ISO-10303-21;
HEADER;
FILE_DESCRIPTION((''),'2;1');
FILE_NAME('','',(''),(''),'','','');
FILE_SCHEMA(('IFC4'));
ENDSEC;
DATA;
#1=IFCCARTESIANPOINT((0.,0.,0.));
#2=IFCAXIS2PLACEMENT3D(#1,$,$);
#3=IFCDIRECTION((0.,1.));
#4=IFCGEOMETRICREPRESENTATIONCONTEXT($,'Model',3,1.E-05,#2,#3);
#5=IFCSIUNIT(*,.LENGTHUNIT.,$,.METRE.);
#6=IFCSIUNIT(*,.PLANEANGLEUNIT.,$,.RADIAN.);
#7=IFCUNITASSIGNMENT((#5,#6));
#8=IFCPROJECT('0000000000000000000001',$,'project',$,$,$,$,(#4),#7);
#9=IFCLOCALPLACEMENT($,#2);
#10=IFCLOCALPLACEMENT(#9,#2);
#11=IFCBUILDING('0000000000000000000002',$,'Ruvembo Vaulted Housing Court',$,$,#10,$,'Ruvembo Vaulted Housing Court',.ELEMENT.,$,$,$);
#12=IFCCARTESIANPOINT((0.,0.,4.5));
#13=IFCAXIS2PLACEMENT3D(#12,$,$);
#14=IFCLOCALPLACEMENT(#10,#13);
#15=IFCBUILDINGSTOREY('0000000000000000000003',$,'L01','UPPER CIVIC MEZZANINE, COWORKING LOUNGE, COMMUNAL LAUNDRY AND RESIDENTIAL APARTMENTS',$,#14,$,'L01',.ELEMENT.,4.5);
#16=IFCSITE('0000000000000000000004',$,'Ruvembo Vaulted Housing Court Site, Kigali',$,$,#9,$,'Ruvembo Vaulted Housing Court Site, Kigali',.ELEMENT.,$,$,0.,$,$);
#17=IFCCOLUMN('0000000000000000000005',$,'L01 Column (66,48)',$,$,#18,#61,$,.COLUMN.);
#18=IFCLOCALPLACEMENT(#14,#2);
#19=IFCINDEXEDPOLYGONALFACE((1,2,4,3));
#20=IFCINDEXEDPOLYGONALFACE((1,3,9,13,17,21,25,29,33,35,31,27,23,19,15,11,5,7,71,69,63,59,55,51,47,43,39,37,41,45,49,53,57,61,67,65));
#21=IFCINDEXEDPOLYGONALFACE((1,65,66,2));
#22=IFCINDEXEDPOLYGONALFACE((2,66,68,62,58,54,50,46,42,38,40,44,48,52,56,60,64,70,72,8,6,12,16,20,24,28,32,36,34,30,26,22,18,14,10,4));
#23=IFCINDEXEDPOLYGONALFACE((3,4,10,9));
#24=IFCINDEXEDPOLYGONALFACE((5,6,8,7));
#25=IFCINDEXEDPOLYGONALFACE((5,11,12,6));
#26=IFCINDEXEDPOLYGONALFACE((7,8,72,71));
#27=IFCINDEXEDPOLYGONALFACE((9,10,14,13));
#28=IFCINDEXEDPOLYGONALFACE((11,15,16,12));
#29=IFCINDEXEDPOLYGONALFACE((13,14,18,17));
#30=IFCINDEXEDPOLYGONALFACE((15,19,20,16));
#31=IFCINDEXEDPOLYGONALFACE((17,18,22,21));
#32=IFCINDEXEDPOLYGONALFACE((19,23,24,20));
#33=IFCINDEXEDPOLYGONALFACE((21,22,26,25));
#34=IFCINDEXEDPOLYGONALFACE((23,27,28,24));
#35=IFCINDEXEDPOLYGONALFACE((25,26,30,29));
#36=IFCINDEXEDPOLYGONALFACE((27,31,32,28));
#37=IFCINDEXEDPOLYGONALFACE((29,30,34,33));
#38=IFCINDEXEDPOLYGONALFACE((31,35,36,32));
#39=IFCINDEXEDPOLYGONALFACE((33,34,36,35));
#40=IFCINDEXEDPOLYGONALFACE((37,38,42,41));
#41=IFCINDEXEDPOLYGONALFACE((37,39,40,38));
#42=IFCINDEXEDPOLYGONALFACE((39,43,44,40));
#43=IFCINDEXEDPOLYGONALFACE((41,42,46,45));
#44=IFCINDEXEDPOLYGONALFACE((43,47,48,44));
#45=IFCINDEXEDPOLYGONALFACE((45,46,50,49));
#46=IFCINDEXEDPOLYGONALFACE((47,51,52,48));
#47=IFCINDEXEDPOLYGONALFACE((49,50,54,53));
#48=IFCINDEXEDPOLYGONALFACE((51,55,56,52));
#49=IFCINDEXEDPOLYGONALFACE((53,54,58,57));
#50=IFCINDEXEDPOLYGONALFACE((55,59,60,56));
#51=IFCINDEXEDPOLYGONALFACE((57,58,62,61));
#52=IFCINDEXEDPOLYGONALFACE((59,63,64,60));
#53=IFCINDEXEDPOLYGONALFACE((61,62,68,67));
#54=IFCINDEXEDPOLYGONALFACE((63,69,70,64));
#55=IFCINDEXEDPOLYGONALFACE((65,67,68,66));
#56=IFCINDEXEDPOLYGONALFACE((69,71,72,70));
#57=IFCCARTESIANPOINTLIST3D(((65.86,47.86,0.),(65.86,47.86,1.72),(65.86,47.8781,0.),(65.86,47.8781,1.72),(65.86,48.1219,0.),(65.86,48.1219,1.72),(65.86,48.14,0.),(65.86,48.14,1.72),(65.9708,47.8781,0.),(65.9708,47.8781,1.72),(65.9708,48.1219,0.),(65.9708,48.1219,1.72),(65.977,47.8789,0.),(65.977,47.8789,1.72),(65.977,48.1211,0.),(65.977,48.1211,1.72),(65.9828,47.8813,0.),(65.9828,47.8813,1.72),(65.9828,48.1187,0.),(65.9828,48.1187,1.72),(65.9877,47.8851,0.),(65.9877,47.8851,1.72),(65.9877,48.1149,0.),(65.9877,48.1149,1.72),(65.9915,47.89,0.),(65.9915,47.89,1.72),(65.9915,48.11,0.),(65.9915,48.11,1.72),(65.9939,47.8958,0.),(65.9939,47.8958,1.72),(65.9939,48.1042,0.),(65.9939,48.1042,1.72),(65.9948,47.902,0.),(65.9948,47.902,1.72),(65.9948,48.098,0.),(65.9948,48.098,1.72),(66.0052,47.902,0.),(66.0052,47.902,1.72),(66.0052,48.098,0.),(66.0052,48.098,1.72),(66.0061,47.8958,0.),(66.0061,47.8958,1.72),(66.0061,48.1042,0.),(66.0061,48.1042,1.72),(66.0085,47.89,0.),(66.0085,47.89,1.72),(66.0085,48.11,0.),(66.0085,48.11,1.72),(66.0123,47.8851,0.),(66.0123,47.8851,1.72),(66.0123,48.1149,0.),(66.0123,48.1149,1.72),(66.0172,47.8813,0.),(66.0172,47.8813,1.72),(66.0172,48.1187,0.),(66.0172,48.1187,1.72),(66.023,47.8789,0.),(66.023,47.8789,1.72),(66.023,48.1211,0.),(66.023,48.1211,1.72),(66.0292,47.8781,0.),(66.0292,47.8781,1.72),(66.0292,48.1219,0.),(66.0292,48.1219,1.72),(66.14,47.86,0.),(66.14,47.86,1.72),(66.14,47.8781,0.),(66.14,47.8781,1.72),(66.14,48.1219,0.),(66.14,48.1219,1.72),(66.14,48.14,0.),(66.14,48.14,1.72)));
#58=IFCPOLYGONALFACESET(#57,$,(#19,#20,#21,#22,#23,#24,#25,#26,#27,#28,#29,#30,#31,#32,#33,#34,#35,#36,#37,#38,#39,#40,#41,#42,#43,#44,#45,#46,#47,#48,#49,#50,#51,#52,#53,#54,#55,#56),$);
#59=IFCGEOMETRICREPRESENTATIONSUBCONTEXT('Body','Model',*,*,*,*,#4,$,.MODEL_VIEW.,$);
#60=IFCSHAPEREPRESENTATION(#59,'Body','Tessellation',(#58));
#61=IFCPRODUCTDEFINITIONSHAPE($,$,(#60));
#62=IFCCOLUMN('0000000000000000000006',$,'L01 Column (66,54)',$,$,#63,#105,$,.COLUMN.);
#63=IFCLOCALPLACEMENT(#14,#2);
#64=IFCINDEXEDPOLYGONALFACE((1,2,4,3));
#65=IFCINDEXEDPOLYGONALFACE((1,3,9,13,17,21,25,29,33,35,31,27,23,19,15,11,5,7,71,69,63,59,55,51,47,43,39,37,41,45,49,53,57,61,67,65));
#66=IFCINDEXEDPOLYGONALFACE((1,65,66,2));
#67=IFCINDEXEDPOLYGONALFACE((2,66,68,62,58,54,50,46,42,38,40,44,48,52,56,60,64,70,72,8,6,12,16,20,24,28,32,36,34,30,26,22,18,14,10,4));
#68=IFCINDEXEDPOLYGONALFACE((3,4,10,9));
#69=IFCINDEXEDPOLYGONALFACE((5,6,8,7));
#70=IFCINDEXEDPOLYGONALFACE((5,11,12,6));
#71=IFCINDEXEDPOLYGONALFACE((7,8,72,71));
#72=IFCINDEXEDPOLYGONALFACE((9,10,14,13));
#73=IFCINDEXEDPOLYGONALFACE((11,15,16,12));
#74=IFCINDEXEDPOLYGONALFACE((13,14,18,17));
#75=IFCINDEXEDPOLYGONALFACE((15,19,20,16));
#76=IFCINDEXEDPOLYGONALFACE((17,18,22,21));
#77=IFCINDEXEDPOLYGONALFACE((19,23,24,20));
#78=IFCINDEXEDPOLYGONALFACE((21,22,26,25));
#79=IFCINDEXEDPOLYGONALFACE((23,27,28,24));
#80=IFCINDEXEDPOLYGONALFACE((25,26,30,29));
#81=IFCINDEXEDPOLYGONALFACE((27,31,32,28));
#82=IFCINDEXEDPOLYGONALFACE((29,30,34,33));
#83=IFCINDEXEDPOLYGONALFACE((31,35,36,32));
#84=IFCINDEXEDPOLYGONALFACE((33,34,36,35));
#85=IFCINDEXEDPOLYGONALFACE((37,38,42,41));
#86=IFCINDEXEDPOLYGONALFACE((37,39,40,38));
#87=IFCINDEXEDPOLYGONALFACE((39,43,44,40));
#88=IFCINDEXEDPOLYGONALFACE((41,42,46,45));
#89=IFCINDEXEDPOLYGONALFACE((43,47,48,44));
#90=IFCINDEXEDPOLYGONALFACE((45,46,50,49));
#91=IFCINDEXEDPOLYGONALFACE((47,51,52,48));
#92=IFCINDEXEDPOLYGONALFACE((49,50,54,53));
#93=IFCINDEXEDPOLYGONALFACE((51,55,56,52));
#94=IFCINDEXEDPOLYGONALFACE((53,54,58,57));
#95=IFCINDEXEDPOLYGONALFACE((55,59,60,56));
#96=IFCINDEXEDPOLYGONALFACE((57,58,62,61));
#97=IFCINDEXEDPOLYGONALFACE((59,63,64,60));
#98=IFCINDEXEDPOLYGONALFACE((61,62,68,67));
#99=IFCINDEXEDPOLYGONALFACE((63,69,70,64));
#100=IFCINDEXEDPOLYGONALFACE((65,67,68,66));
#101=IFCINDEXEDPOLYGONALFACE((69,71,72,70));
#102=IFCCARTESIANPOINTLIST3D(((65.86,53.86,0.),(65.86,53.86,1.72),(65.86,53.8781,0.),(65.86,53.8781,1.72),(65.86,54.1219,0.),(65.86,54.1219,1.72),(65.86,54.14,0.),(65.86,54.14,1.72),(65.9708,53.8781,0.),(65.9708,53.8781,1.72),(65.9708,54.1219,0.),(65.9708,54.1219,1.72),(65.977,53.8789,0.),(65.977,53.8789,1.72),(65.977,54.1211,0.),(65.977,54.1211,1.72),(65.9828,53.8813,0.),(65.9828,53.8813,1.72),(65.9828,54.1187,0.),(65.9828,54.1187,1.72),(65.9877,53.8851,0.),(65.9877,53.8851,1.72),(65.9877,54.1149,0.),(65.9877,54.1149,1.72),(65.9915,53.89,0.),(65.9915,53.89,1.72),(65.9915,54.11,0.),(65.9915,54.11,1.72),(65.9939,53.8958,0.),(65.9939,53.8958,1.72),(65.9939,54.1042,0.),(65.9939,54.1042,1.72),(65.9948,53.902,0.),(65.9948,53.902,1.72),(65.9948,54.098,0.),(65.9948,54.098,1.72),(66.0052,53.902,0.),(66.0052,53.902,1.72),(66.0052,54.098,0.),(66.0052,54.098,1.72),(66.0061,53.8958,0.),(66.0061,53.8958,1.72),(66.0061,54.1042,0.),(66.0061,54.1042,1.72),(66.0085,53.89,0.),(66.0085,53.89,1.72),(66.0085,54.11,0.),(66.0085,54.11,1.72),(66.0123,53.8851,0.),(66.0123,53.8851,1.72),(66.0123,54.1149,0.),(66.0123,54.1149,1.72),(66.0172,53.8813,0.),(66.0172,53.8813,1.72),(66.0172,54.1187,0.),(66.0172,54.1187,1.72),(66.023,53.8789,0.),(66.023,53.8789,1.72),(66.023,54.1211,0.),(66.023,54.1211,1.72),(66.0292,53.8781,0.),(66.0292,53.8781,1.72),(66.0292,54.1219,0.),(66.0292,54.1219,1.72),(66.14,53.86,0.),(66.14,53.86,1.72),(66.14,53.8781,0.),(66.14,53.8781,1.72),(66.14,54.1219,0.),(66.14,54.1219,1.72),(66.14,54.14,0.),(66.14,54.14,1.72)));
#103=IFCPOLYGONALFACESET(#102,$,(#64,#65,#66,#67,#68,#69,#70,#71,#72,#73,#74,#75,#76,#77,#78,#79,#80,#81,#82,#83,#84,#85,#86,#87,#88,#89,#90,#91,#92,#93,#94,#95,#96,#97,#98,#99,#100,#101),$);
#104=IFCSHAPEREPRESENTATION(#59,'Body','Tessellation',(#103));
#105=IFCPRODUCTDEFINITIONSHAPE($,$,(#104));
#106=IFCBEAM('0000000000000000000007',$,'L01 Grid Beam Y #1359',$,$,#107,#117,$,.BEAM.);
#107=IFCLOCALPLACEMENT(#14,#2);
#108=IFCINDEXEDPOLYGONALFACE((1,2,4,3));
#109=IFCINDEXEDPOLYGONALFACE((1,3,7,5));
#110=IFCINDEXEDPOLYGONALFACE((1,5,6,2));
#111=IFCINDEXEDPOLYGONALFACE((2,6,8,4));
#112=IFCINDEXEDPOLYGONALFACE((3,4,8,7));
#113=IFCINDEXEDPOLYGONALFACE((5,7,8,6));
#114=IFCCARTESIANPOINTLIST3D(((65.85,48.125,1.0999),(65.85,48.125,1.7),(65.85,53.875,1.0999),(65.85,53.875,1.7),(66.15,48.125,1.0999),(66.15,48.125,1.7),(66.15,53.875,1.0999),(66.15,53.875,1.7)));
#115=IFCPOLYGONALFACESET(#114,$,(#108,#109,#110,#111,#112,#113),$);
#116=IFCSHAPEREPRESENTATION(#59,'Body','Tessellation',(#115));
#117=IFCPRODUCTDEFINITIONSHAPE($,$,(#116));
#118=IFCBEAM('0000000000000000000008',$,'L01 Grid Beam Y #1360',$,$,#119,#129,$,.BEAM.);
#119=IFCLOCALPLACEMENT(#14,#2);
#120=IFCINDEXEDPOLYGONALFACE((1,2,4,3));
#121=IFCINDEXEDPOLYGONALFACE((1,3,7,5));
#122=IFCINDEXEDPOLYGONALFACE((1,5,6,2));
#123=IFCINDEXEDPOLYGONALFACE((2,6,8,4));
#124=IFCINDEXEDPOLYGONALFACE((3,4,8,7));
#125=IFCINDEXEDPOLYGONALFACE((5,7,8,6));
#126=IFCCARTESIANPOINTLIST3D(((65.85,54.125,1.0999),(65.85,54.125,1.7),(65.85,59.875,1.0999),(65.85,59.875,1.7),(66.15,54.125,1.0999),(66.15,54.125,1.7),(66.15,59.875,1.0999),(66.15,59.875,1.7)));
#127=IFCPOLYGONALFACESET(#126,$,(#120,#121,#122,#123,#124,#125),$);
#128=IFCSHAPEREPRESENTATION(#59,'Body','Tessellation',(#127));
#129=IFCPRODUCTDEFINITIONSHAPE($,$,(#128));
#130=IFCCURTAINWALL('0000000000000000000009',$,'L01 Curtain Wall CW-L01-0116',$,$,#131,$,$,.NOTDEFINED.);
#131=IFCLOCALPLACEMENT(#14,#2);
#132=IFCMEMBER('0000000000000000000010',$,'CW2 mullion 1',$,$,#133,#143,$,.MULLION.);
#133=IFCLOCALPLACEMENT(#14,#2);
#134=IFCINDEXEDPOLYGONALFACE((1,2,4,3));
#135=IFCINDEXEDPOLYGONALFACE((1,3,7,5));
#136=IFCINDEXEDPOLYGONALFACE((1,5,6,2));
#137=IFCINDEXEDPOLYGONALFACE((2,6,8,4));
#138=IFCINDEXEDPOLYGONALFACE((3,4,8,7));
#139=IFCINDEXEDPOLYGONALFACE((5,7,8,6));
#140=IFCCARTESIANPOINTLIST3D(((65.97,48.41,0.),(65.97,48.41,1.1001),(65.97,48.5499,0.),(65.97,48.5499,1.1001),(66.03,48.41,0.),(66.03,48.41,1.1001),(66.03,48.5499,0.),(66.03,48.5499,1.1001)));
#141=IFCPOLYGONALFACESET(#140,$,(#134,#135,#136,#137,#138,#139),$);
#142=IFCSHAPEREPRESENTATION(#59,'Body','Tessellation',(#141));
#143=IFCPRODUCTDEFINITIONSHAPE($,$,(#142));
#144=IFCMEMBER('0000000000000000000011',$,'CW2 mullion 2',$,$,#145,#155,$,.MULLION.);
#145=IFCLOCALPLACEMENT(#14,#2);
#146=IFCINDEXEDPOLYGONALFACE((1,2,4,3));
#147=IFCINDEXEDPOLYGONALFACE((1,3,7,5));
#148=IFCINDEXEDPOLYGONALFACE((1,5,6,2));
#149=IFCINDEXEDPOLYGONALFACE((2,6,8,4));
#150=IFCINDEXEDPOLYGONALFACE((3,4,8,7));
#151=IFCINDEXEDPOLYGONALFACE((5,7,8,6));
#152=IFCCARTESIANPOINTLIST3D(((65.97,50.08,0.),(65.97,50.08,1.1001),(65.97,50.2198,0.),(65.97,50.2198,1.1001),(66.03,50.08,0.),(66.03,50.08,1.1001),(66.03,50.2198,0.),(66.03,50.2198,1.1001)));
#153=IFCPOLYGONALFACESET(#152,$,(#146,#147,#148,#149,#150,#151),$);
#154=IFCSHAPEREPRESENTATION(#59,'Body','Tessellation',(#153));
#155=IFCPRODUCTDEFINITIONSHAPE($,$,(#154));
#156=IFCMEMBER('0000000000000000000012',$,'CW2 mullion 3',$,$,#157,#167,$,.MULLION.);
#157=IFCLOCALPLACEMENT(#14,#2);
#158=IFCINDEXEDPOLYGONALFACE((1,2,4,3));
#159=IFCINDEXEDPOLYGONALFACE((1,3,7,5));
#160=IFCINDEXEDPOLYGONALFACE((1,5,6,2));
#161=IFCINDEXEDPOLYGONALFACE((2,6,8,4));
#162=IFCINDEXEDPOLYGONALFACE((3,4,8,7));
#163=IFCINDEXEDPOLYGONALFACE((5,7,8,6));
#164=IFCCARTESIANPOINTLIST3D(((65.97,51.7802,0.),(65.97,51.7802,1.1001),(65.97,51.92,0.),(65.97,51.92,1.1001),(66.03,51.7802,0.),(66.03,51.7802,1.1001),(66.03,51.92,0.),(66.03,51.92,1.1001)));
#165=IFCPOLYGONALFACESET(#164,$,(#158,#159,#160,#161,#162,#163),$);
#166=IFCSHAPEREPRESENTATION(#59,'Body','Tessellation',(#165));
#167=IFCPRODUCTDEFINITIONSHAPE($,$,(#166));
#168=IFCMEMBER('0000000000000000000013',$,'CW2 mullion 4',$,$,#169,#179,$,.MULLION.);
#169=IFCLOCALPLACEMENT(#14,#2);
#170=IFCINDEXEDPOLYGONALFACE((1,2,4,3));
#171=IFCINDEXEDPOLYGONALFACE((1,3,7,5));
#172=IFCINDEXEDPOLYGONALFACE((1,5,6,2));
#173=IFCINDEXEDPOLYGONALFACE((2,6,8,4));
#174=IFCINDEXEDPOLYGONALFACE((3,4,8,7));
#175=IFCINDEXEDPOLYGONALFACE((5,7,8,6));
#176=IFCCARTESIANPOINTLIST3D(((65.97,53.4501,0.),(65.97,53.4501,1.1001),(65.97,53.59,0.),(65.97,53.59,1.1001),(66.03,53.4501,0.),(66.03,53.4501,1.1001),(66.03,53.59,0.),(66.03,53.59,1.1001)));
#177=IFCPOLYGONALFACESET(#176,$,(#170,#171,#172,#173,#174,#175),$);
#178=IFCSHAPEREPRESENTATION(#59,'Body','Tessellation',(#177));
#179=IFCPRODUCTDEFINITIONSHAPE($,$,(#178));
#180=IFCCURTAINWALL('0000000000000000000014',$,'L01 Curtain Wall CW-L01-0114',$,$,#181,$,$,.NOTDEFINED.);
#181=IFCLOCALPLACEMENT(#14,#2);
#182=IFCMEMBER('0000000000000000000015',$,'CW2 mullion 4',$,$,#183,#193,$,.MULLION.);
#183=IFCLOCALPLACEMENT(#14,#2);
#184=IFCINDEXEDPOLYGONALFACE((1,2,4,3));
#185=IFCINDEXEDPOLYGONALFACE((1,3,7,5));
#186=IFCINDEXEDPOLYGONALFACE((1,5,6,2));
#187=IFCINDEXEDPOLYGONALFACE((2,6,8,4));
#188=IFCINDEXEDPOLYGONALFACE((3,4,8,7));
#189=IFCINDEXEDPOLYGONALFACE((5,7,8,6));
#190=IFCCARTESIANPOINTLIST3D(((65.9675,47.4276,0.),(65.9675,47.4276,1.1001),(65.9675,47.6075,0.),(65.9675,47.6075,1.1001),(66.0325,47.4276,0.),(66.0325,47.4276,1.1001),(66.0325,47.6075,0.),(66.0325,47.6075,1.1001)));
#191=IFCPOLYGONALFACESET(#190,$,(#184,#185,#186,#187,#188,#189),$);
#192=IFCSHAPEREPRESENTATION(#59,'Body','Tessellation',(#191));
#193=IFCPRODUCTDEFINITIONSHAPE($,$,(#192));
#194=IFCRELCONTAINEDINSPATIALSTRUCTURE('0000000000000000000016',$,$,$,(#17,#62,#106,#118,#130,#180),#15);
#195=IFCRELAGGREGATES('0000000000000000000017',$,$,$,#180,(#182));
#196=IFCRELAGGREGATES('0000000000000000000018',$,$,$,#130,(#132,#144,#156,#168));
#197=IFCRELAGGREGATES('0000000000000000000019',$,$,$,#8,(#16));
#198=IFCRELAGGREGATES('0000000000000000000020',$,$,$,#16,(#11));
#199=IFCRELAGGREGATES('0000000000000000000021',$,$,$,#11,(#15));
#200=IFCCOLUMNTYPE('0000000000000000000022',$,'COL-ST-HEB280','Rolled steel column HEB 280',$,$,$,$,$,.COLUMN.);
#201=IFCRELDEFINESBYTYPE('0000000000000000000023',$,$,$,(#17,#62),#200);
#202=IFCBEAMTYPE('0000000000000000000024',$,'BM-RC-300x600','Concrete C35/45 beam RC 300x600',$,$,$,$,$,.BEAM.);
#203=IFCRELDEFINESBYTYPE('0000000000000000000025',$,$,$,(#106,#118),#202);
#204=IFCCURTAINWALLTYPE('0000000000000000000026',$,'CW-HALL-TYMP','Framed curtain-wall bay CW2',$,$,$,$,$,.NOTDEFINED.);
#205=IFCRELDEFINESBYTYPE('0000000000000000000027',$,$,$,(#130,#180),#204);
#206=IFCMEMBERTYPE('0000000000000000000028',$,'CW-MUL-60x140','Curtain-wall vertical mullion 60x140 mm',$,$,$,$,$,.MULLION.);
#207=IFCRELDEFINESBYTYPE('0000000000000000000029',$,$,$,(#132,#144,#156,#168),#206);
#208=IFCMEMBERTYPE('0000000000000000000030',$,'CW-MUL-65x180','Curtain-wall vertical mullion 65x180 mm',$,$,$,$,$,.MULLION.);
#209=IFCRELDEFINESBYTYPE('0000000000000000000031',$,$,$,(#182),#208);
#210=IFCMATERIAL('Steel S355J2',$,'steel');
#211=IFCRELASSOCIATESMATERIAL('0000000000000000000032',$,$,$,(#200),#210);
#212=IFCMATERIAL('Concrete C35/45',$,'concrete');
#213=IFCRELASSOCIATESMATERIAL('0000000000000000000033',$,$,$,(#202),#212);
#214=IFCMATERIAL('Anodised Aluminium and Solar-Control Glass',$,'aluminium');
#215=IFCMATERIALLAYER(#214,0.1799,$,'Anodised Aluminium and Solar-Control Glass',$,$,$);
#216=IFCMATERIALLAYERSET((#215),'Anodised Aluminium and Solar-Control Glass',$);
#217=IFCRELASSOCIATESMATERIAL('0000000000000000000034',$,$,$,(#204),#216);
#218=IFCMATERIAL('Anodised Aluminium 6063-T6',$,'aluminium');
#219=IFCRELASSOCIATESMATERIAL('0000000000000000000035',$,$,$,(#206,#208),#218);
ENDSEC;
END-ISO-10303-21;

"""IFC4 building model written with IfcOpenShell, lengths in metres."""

from ifc_helpers import new_model, si_unit, direction, frame, origin, origin_2d, place, context, subcontext, project, spatial, rectangle, i_section, extrude, material, layer, layer_set, material_profile, profile_set, type_object, element, aggregate, save


model = new_model("IFC4")

# Units and contexts
model_context = context("Model", 3, precision=1e-05, world=origin(), true_north=direction((0.0, 1.0)))
body_context = subcontext(model_context, "Body", "Model", "MODEL_VIEW")
ifc_project = project(units=[si_unit("LENGTHUNIT", "METRE"), si_unit("PLANEANGLEUNIT", "RADIAN")], contexts=[model_context])

# Site, building, storey
site_placement = place(None, origin())
site = spatial("IfcSite", under=ifc_project, at=site_placement, Name="Ruvembo Vaulted Housing Court Site, Kigali", LongName="Ruvembo Vaulted Housing Court Site, Kigali", CompositionType="ELEMENT", RefElevation=0.0)
building_placement = place(site_placement, origin())
building = spatial("IfcBuilding", under=site, at=building_placement, Name="Ruvembo Vaulted Housing Court", LongName="Ruvembo Vaulted Housing Court", CompositionType="ELEMENT")
storey_placement = place(building_placement, frame((0.0, 0.0, 4.5)))
storey = spatial("IfcBuildingStorey", under=building, at=storey_placement, Name="L01", Description="UPPER CIVIC MEZZANINE, COWORKING LOUNGE, COMMUNAL LAUNDRY AND RESIDENTIAL APARTMENTS", LongName="L01", CompositionType="ELEMENT", Elevation=4.5)

# Columns
ifc_material_1 = material(Name="Steel S355J2", Category="steel")
ifc_material_profile_1 = material_profile(ifc_material_1, i_section(OverallWidth=0.28, OverallDepth=0.28, WebThickness=0.0105, FlangeThickness=0.0181, FilletRadius=0.0239, at=origin_2d()), Name="HEB 280")
ifc_profile_set_1 = profile_set([ifc_material_profile_1], Name="Steel S355J2")
column_type = type_object("IfcColumnType", Name="COL-ST-HEB280", Description="Rolled steel column HEB 280", PredefinedType="COLUMN", material=ifc_profile_set_1)
for number, where, z_axis, x_axis, name in (
    (1, (66.0, 48.0, 0.0), (0.0, 0.0, 1.0), (1.0, 0.0, 0.0), "L01 Column (66,48)"),
    (2, (66.0, 54.0, 0.0), (0.0, 0.0, 1.0), (1.0, 0.0, 0.0), "L01 Column (66,54)"),
):
    element("IfcColumn", number, at=place(storey_placement, frame(where, z_axis=z_axis, x_axis=x_axis)), inside=storey, type_object=column_type, Name=name, PredefinedType="COLUMN", context=body_context, shape_type="SweptSolid", body=[
        extrude(i_section(OverallWidth=0.28, OverallDepth=0.28, WebThickness=0.0105, FlangeThickness=0.0181, FilletRadius=0.0239, at=origin_2d()), origin(), (0.0, 0.0, 1.0), 1.72),
    ])

# Beams
ifc_material_2 = material(Name="Concrete C35/45", Category="concrete")
ifc_material_profile_2 = material_profile(ifc_material_2, rectangle(XDim=0.3, YDim=0.6001, at=origin_2d()), Name="RC 300x600")
ifc_profile_set_2 = profile_set([ifc_material_profile_2], Name="Concrete C35/45")
beam_type = type_object("IfcBeamType", Name="BM-RC-300x600", Description="Concrete C35/45 beam RC 300x600", PredefinedType="BEAM", material=ifc_profile_set_2)
for number, where, z_axis, x_axis, name in (
    (3, (66.0, 48.125, 1.3999), (0.0, 1.0, 0.0), (-1.0, 0.0, 0.0), "L01 Grid Beam Y #1359"),
    (4, (66.0, 54.125, 1.3999), (0.0, 1.0, 0.0), (-1.0, 0.0, 0.0), "L01 Grid Beam Y #1360"),
):
    element("IfcBeam", number, at=place(storey_placement, frame(where, z_axis=z_axis, x_axis=x_axis)), inside=storey, type_object=beam_type, Name=name, PredefinedType="BEAM", context=body_context, shape_type="SweptSolid", body=[
        extrude(rectangle(XDim=0.3, YDim=0.6001, at=origin_2d()), origin(), (0.0, 0.0, 1.0), 5.75),
    ])

# Curtain wall, members
ifc_material_3 = material(Name="Anodised Aluminium and Solar-Control Glass", Category="aluminium")
ifc_layer_1 = layer(ifc_material_3, 0.1799, Name="Anodised Aluminium and Solar-Control Glass")
ifc_layer_set_1 = layer_set([ifc_layer_1], Name="Anodised Aluminium and Solar-Control Glass")
curtain_wall_type = type_object("IfcCurtainWallType", Name="CW-HALL-TYMP", Description="Framed curtain-wall bay CW2", PredefinedType="NOTDEFINED", material=ifc_layer_set_1)
curtain_wall_1_placement = place(storey_placement, origin())
curtain_wall_1 = element("IfcCurtainWall", 5, at=curtain_wall_1_placement, inside=storey, type_object=curtain_wall_type, Name="L01 Curtain Wall CW-L01-0116", PredefinedType="NOTDEFINED")
ifc_material_4 = material(Name="Anodised Aluminium 6063-T6", Category="aluminium")
ifc_material_profile_3 = material_profile(ifc_material_4, rectangle(XDim=0.0601, YDim=0.1399, at=origin_2d()), Name="ALU 60x140")
ifc_profile_set_3 = profile_set([ifc_material_profile_3], Name="Anodised Aluminium 6063-T6")
member_type_1 = type_object("IfcMemberType", Name="CW-MUL-60x140", Description="Curtain-wall vertical mullion 60x140 mm", PredefinedType="MULLION", material=ifc_profile_set_3)
member_1_placement = place(storey_placement, frame((66.0, 48.48, 0.0), z_axis=(0.0, 0.0, 1.0), x_axis=(-1.0, 0.0, 0.0)))
member_1 = element("IfcMember", 6, at=member_1_placement, type_object=member_type_1, Name="CW2 mullion 1", PredefinedType="MULLION", context=body_context, shape_type="SweptSolid", body=[
    extrude(rectangle(XDim=0.0601, YDim=0.1399, at=origin_2d()), origin(), (0.0, 0.0, 1.0), 1.1001),
])
member_2_placement = place(storey_placement, frame((66.0, 50.1499, 0.0), z_axis=(0.0, 0.0, 1.0), x_axis=(-1.0, 0.0, 0.0)))
member_2 = element("IfcMember", 7, at=member_2_placement, type_object=member_type_1, Name="CW2 mullion 2", PredefinedType="MULLION", context=body_context, shape_type="SweptSolid", body=[
    extrude(rectangle(XDim=0.0601, YDim=0.1399, at=origin_2d()), origin(), (0.0, 0.0, 1.0), 1.1001),
])
member_3_placement = place(storey_placement, frame((66.0, 51.8501, 0.0), z_axis=(0.0, 0.0, 1.0), x_axis=(-1.0, 0.0, 0.0)))
member_3 = element("IfcMember", 8, at=member_3_placement, type_object=member_type_1, Name="CW2 mullion 3", PredefinedType="MULLION", context=body_context, shape_type="SweptSolid", body=[
    extrude(rectangle(XDim=0.0601, YDim=0.1399, at=origin_2d()), origin(), (0.0, 0.0, 1.0), 1.1001),
])
member_4_placement = place(storey_placement, frame((66.0, 53.52, 0.0), z_axis=(0.0, 0.0, 1.0), x_axis=(-1.0, 0.0, 0.0)))
member_4 = element("IfcMember", 9, at=member_4_placement, type_object=member_type_1, Name="CW2 mullion 4", PredefinedType="MULLION", context=body_context, shape_type="SweptSolid", body=[
    extrude(rectangle(XDim=0.0601, YDim=0.1399, at=origin_2d()), origin(), (0.0, 0.0, 1.0), 1.1001),
])

# Curtain wall, member
curtain_wall_2_placement = place(storey_placement, origin())
curtain_wall_2 = element("IfcCurtainWall", 10, at=curtain_wall_2_placement, inside=storey, type_object=curtain_wall_type, Name="L01 Curtain Wall CW-L01-0114", PredefinedType="NOTDEFINED")
ifc_material_profile_4 = material_profile(ifc_material_4, rectangle(XDim=0.0649, YDim=0.1799, at=origin_2d()), Name="ALU 65x180")
ifc_profile_set_4 = profile_set([ifc_material_profile_4], Name="Anodised Aluminium 6063-T6")
member_type_2 = type_object("IfcMemberType", Name="CW-MUL-65x180", Description="Curtain-wall vertical mullion 65x180 mm", PredefinedType="MULLION", material=ifc_profile_set_4)
member_5_placement = place(storey_placement, frame((66.0, 47.5176, 0.0), z_axis=(0.0, 0.0, 1.0), x_axis=(-1.0, 0.0, 0.0)))
member_5 = element("IfcMember", 11, at=member_5_placement, type_object=member_type_2, Name="CW2 mullion 4", PredefinedType="MULLION", context=body_context, shape_type="SweptSolid", body=[
    extrude(rectangle(XDim=0.0649, YDim=0.1799, at=origin_2d()), origin(), (0.0, 0.0, 1.0), 1.1001),
])
aggregate(curtain_wall_2, [member_5])

aggregate(curtain_wall_1, [member_1, member_2, member_3, member_4])

save(model, "model.ifc")
